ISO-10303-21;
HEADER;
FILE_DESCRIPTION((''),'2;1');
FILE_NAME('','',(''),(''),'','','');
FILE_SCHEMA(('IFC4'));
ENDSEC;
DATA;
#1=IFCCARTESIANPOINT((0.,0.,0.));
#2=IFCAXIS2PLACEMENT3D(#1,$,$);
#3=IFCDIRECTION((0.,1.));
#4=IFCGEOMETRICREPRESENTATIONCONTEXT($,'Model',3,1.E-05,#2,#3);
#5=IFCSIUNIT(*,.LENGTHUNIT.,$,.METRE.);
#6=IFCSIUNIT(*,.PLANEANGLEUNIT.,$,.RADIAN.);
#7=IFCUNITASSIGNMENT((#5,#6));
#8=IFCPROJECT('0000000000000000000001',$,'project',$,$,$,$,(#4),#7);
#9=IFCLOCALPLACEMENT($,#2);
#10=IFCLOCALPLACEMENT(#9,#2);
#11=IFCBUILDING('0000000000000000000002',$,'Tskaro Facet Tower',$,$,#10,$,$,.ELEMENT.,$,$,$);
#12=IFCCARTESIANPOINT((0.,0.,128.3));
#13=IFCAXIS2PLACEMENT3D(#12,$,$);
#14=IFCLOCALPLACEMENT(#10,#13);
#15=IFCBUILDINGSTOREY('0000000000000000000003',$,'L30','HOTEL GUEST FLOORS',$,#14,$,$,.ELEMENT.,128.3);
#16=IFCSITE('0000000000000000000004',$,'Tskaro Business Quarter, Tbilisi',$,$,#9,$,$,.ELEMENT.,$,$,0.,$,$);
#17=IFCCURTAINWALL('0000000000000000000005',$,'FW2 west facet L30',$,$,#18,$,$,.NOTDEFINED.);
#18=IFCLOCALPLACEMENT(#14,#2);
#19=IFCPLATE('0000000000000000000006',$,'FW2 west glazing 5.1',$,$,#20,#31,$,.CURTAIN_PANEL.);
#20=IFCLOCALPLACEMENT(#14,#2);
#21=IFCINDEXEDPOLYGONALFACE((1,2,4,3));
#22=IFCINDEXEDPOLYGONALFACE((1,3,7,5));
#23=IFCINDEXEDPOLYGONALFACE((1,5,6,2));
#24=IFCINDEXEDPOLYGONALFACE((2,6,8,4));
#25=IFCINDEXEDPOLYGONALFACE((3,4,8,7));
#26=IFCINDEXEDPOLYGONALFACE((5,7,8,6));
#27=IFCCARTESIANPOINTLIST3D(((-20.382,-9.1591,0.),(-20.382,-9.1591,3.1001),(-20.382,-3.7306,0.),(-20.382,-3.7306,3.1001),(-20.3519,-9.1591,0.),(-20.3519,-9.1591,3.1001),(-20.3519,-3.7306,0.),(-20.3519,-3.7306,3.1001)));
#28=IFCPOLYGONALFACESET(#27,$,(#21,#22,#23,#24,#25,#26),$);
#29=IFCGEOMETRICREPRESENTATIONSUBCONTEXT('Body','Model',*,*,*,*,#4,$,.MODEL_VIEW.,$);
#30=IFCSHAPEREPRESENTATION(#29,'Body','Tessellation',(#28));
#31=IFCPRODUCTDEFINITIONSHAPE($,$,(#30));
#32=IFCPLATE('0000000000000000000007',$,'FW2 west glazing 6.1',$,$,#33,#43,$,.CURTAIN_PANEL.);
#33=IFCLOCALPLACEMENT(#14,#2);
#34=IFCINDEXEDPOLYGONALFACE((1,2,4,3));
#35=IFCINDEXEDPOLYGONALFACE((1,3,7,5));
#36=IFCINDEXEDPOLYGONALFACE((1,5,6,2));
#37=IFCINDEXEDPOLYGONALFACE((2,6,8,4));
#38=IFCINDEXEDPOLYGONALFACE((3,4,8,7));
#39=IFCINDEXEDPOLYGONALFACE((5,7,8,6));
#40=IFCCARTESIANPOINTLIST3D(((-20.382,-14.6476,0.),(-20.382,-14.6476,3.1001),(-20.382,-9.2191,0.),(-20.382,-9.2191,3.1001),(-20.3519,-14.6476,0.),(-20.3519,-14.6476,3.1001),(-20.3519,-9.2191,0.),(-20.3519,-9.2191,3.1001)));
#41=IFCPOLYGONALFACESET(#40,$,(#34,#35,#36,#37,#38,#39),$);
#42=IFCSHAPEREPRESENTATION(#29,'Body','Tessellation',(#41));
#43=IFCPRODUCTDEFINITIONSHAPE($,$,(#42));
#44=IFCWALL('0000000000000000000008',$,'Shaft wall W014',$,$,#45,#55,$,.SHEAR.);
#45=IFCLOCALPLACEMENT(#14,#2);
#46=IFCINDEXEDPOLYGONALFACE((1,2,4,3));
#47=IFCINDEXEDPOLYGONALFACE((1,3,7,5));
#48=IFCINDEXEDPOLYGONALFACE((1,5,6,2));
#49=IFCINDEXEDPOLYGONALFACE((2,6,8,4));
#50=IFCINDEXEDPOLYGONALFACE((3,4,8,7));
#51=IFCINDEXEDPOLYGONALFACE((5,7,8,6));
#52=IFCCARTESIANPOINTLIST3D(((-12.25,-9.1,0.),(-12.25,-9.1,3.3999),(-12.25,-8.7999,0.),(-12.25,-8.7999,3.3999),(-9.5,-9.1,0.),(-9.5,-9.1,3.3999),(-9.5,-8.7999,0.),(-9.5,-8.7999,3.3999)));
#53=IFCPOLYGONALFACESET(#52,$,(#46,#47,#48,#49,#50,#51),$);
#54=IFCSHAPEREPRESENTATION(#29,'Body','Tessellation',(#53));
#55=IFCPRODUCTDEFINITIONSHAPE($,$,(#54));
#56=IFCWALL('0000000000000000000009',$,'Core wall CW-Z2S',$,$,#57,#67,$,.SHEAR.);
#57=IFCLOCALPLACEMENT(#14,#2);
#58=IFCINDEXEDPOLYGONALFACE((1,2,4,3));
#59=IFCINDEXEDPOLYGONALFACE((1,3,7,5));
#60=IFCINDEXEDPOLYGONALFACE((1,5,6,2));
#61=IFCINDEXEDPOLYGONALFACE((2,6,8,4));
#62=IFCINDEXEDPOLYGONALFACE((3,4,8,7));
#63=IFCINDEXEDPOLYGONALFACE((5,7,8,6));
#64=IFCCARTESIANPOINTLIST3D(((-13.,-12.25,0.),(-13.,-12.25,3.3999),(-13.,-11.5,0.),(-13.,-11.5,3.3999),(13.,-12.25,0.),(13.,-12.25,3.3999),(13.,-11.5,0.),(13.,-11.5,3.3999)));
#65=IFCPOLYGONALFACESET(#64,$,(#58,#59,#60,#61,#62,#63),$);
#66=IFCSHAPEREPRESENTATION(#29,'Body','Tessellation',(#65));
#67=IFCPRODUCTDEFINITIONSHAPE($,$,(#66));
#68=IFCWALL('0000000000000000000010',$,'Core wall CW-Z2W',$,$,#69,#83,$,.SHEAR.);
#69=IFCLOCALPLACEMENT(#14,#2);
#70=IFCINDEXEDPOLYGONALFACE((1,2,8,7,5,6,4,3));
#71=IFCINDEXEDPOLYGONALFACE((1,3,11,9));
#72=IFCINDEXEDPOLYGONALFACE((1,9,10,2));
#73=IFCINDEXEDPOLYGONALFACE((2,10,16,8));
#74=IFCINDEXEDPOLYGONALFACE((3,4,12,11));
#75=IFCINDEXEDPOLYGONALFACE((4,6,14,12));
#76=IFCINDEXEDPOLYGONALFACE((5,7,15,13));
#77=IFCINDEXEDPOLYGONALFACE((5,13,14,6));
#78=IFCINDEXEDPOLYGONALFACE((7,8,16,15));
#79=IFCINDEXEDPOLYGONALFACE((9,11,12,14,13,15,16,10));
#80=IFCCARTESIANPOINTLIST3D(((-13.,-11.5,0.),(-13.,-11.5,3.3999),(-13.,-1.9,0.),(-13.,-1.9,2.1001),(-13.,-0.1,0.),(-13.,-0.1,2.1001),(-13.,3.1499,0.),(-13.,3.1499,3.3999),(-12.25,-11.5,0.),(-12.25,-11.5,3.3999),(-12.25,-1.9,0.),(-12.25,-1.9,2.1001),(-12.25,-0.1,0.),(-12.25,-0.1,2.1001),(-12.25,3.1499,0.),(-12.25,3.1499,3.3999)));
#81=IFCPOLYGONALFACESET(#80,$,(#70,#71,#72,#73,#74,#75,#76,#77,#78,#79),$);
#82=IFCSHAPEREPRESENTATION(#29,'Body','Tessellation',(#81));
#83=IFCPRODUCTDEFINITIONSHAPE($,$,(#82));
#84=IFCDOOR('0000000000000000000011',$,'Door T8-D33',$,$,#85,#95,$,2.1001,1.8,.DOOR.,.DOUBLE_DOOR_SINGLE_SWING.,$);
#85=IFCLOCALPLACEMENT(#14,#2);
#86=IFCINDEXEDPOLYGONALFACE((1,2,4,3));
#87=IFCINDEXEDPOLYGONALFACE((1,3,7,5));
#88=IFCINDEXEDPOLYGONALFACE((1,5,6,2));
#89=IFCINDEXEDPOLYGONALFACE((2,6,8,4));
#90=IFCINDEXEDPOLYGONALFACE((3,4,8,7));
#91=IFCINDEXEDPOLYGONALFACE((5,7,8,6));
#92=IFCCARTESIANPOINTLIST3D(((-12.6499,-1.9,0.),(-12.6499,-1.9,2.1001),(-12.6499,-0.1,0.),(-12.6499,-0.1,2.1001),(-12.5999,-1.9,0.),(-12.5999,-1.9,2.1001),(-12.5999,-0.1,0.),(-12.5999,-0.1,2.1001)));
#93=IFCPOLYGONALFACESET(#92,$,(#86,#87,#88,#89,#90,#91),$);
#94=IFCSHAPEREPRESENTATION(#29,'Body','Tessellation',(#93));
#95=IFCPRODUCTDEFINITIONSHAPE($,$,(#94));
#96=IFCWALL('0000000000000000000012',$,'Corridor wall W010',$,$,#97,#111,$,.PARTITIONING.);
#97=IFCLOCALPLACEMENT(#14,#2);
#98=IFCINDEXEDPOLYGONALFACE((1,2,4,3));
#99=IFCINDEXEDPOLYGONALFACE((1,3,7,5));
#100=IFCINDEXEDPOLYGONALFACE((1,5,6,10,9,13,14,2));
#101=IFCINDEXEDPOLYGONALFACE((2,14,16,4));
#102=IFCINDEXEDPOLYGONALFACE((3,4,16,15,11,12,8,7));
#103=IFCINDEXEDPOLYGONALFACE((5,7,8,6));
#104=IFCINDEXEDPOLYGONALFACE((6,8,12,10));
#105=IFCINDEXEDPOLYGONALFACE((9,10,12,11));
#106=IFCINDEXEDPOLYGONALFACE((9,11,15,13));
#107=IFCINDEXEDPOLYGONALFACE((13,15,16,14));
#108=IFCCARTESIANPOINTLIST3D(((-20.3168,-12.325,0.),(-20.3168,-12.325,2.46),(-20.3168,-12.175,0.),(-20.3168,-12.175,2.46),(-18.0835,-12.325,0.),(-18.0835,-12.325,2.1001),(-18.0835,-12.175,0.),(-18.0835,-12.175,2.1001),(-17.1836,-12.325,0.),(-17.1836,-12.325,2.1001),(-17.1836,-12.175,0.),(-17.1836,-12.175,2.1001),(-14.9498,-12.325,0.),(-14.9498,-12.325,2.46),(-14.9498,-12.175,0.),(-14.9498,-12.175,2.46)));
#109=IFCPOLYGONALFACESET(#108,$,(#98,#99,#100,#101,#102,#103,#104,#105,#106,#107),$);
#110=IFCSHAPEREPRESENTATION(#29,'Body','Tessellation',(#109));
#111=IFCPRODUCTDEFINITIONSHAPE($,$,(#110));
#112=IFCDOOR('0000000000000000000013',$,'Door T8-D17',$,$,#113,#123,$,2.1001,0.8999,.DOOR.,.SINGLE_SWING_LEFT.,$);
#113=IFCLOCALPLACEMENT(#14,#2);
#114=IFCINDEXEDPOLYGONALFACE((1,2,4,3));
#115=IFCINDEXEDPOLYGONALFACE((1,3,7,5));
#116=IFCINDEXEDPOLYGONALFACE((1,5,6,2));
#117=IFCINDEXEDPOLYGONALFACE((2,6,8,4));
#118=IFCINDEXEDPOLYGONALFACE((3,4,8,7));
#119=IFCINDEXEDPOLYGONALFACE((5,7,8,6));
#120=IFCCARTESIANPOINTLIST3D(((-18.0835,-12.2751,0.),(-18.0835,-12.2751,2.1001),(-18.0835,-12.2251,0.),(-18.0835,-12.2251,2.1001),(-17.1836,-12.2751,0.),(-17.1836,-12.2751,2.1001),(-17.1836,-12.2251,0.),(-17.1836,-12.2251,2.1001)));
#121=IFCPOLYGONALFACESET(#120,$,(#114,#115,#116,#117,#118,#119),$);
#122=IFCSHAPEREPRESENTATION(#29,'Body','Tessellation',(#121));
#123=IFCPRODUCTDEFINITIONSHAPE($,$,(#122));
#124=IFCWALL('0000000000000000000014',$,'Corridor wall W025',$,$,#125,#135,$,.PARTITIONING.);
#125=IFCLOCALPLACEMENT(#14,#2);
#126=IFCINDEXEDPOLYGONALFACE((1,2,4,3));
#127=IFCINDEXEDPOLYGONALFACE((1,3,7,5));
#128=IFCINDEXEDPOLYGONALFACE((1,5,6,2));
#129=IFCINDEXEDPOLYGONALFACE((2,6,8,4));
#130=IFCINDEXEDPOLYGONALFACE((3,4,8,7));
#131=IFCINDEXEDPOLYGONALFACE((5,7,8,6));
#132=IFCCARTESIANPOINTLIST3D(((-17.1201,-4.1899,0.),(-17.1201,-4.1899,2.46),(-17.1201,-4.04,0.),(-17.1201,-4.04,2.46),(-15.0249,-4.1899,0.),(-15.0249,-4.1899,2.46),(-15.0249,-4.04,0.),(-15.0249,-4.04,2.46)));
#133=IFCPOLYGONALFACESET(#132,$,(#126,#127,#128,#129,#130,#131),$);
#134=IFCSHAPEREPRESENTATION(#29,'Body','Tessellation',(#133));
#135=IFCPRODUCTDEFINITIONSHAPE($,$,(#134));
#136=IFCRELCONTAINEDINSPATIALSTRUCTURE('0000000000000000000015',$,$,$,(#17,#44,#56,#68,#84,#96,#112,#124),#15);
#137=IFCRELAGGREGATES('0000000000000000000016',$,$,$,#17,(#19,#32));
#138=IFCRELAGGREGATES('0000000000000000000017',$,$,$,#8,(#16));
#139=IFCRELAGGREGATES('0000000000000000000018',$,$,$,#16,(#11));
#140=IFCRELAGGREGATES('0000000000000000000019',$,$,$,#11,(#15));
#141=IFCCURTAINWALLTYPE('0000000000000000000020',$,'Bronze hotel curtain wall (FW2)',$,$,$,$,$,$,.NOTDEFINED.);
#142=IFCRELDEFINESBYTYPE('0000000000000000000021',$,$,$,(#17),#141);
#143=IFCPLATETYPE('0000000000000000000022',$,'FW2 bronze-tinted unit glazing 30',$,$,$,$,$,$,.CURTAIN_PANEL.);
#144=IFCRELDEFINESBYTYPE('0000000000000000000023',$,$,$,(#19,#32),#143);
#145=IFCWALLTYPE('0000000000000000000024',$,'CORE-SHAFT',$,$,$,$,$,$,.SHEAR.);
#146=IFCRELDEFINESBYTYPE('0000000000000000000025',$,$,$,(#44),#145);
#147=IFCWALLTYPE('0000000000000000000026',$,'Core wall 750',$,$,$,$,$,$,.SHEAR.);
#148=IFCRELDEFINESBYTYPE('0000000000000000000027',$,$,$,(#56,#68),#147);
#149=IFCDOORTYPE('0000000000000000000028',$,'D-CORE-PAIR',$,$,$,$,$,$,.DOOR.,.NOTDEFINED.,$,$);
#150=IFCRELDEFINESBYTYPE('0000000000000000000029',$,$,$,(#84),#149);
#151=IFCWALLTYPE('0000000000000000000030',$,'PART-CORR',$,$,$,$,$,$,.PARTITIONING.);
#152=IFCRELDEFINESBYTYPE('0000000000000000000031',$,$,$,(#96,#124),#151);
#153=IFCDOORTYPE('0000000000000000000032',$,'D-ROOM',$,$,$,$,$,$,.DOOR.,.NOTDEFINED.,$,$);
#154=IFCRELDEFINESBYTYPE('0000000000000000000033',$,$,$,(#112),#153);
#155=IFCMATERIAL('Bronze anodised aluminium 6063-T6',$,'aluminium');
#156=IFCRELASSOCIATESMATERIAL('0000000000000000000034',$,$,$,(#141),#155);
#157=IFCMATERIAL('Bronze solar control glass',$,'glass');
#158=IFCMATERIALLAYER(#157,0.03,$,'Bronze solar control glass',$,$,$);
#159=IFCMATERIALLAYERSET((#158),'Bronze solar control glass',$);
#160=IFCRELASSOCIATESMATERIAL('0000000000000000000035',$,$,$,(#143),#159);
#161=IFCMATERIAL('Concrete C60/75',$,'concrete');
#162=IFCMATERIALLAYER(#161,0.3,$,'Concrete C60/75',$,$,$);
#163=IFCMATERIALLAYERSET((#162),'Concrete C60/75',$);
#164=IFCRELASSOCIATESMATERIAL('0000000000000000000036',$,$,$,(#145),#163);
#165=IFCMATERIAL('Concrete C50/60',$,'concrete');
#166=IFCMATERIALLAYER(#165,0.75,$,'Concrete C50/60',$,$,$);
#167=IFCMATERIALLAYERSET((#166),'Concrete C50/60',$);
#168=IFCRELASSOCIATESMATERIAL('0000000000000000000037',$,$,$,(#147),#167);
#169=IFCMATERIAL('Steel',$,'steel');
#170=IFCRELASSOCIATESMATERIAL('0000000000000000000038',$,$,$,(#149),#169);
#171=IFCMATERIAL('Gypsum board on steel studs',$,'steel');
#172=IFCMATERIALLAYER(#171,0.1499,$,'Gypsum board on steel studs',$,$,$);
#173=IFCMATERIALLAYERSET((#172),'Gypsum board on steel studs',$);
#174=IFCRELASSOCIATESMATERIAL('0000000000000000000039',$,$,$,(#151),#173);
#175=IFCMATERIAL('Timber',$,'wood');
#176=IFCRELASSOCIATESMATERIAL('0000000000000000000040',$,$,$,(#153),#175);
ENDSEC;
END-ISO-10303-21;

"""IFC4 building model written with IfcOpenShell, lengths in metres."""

from ifc_helpers import new_model, si_unit, direction, frame, frame_2d, origin, origin_2d, place, context, subcontext, project, spatial, rectangle, extrude, material, layer, layer_set, type_object, element, fill, aggregate, save


model = new_model("IFC4")

# Units and contexts
model_context = context("Model", 3, precision=1e-05, world=origin(), true_north=direction((0.0, 1.0)))
body_context = subcontext(model_context, "Body", "Model", "MODEL_VIEW")
ifc_project = project(units=[si_unit("LENGTHUNIT", "METRE"), si_unit("PLANEANGLEUNIT", "RADIAN")], contexts=[model_context])

# Site, building, storey
site_placement = place(None, origin())
site = spatial("IfcSite", under=ifc_project, at=site_placement, Name="Tskaro Business Quarter, Tbilisi", CompositionType="ELEMENT", RefElevation=0.0)
building_placement = place(site_placement, origin())
building = spatial("IfcBuilding", under=site, at=building_placement, Name="Tskaro Facet Tower", CompositionType="ELEMENT")
storey_placement = place(building_placement, frame((0.0, 0.0, 128.3)))
storey = spatial("IfcBuildingStorey", under=building, at=storey_placement, Name="L30", Description="HOTEL GUEST FLOORS", CompositionType="ELEMENT", Elevation=128.3)

# Curtain wall
ifc_material_1 = material(Name="Bronze anodised aluminium 6063-T6", Category="aluminium")
curtain_wall_type = type_object("IfcCurtainWallType", Name="Bronze hotel curtain wall (FW2)", PredefinedType="NOTDEFINED", material=ifc_material_1)
curtain_wall_placement = place(storey_placement, origin())
curtain_wall = element("IfcCurtainWall", 1, at=curtain_wall_placement, inside=storey, type_object=curtain_wall_type, Name="FW2 west facet L30", PredefinedType="NOTDEFINED")

# Plates
ifc_material_2 = material(Name="Bronze solar control glass", Category="glass")
ifc_layer_1 = layer(ifc_material_2, 0.03, Name="Bronze solar control glass")
ifc_layer_set_1 = layer_set([ifc_layer_1], Name="Bronze solar control glass")
plate_type = type_object("IfcPlateType", Name="FW2 bronze-tinted unit glazing 30", PredefinedType="CURTAIN_PANEL", material=ifc_layer_set_1)
plate_1_placement = place(storey_placement, frame((-20.3669, -6.4448, 0.0), z_axis=(0.0, 0.0, 1.0), x_axis=(0.0, -1.0, 0.0)))
plate_1 = element("IfcPlate", 2, at=plate_1_placement, type_object=plate_type, Name="FW2 west glazing 5.1", PredefinedType="CURTAIN_PANEL", context=body_context, shape_type="SweptSolid", body=[
    extrude(rectangle(XDim=5.4285, YDim=0.03, at=origin_2d()), origin(), (0.0, 0.0, 1.0), 3.1001),
])
plate_2_placement = place(storey_placement, frame((-20.3669, -11.9333, 0.0), z_axis=(0.0, 0.0, 1.0), x_axis=(0.0, -1.0, 0.0)))
plate_2 = element("IfcPlate", 3, at=plate_2_placement, type_object=plate_type, Name="FW2 west glazing 6.1", PredefinedType="CURTAIN_PANEL", context=body_context, shape_type="SweptSolid", body=[
    extrude(rectangle(XDim=5.4285, YDim=0.03, at=origin_2d()), origin(), (0.0, 0.0, 1.0), 3.1001),
])
aggregate(curtain_wall, [plate_1, plate_2])

# Walls
ifc_material_3 = material(Name="Concrete C60/75", Category="concrete")
ifc_layer_2 = layer(ifc_material_3, 0.3, Name="Concrete C60/75")
ifc_layer_set_2 = layer_set([ifc_layer_2], Name="Concrete C60/75")
wall_type_1 = type_object("IfcWallType", Name="CORE-SHAFT", PredefinedType="SHEAR", material=ifc_layer_set_2)
wall_1_placement = place(storey_placement, frame((-12.25, -8.95, 0.0), z_axis=(0.0, 0.0, 1.0), x_axis=(1.0, 0.0, 0.0)))
element("IfcWall", 4, at=wall_1_placement, inside=storey, type_object=wall_type_1, Name="Shaft wall W014", PredefinedType="SHEAR", context=body_context, shape_type="SweptSolid", body=[
    extrude(rectangle(XDim=2.75, YDim=0.3, at=frame_2d((1.375, 0.0))), origin(), (0.0, 0.0, 1.0), 3.3999),
])
ifc_material_4 = material(Name="Concrete C50/60", Category="concrete")
ifc_layer_3 = layer(ifc_material_4, 0.75, Name="Concrete C50/60")
ifc_layer_set_3 = layer_set([ifc_layer_3], Name="Concrete C50/60")
wall_type_2 = type_object("IfcWallType", Name="Core wall 750", PredefinedType="SHEAR", material=ifc_layer_set_3)
wall_2_placement = place(storey_placement, frame((-13.0, -11.875, 0.0), z_axis=(0.0, 0.0, 1.0), x_axis=(1.0, 0.0, 0.0)))
element("IfcWall", 5, at=wall_2_placement, inside=storey, type_object=wall_type_2, Name="Core wall CW-Z2S", PredefinedType="SHEAR", context=body_context, shape_type="SweptSolid", body=[
    extrude(rectangle(XDim=26.0, YDim=0.75, at=frame_2d((13.0, 0.0))), origin(), (0.0, 0.0, 1.0), 3.3999),
])

# Walls, openings, doors
wall_3_placement = place(storey_placement, frame((-12.625, -11.5, 0.0), z_axis=(0.0, 0.0, 1.0), x_axis=(0.0, 1.0, 0.0)))
wall_3 = element("IfcWall", 6, at=wall_3_placement, inside=storey, type_object=wall_type_2, Name="Core wall CW-Z2W", PredefinedType="SHEAR", context=body_context, shape_type="SweptSolid", body=[
    extrude(rectangle(XDim=14.6499, YDim=0.75, at=frame_2d((7.325, 0.0))), origin(), (0.0, 0.0, 1.0), 3.3999),
])
opening_1_placement = place(wall_3_placement, frame((9.6001, 0.0, 0.0)))
opening_1 = element("IfcOpeningElement", 7, at=opening_1_placement, cuts=wall_3, PredefinedType="OPENING", context=body_context, shape_type="SweptSolid", body=[
    extrude(rectangle(XDim=1.8, YDim=2.1001, at=frame_2d((0.8999, 1.05))), frame((0.0, 0.385, 0.0), z_axis=(0.0, -1.0, 0.0), x_axis=(1.0, 0.0, 0.0)), (0.0, 0.0, 1.0), 0.77),
])
ifc_material_5 = material(Name="Steel", Category="steel")
door_type_1 = type_object("IfcDoorType", Name="D-CORE-PAIR", OperationType="NOTDEFINED", PredefinedType="DOOR", material=ifc_material_5)
door_1_placement = place(opening_1_placement, origin())
door_1 = element("IfcDoor", 8, at=door_1_placement, inside=storey, type_object=door_type_1, Name="Door T8-D33", OperationType="DOUBLE_DOOR_SINGLE_SWING", OverallHeight=2.1001, OverallWidth=1.8, PredefinedType="DOOR", context=body_context, shape_type="SweptSolid", body=[
    extrude(rectangle(XDim=1.8, YDim=2.1001, at=frame_2d((0.8999, 1.05))), frame((0.0, 0.0249, 0.0), z_axis=(0.0, -1.0, 0.0), x_axis=(1.0, 0.0, 0.0)), (0.0, 0.0, 1.0), 0.05),
])
fill(opening_1, door_1)
ifc_material_6 = material(Name="Gypsum board on steel studs", Category="steel")
ifc_layer_4 = layer(ifc_material_6, 0.1499, Name="Gypsum board on steel studs")
ifc_layer_set_4 = layer_set([ifc_layer_4], Name="Gypsum board on steel studs")
wall_type_3 = type_object("IfcWallType", Name="PART-CORR", PredefinedType="PARTITIONING", material=ifc_layer_set_4)
wall_4_placement = place(storey_placement, frame((-20.3169, -12.25, 0.0), z_axis=(0.0, 0.0, 1.0), x_axis=(1.0, 0.0, 0.0)))
wall_4 = element("IfcWall", 9, at=wall_4_placement, inside=storey, type_object=wall_type_3, Name="Corridor wall W010", PredefinedType="PARTITIONING", context=body_context, shape_type="SweptSolid", body=[
    extrude(rectangle(XDim=5.3669, YDim=0.1499, at=frame_2d((2.6836, 0.0))), origin(), (0.0, 0.0, 1.0), 2.46),
])
opening_2_placement = place(wall_4_placement, frame((2.2334, 0.0, 0.0)))
opening_2 = element("IfcOpeningElement", 10, at=opening_2_placement, cuts=wall_4, PredefinedType="OPENING", context=body_context, shape_type="SweptSolid", body=[
    extrude(rectangle(XDim=0.8999, YDim=2.1001, at=frame_2d((0.45, 1.05))), frame((0.0, 0.085, 0.0), z_axis=(0.0, -1.0, 0.0), x_axis=(1.0, 0.0, 0.0)), (0.0, 0.0, 1.0), 0.1699),
])
ifc_material_7 = material(Name="Timber", Category="wood")
door_type_2 = type_object("IfcDoorType", Name="D-ROOM", OperationType="NOTDEFINED", PredefinedType="DOOR", material=ifc_material_7)
door_2_placement = place(opening_2_placement, origin())
door_2 = element("IfcDoor", 11, at=door_2_placement, inside=storey, type_object=door_type_2, Name="Door T8-D17", OperationType="SINGLE_SWING_LEFT", OverallHeight=2.1001, OverallWidth=0.8999, PredefinedType="DOOR", context=body_context, shape_type="SweptSolid", body=[
    extrude(rectangle(XDim=0.8999, YDim=2.1001, at=frame_2d((0.45, 1.05))), frame((0.0, 0.0249, 0.0), z_axis=(0.0, -1.0, 0.0), x_axis=(1.0, 0.0, 0.0)), (0.0, 0.0, 1.0), 0.05),
])
fill(opening_2, door_2)

# Wall
wall_5_placement = place(storey_placement, frame((-17.1201, -4.115, 0.0), z_axis=(0.0, 0.0, 1.0), x_axis=(1.0, 0.0, 0.0)))
element("IfcWall", 12, at=wall_5_placement, inside=storey, type_object=wall_type_3, Name="Corridor wall W025", PredefinedType="PARTITIONING", context=body_context, shape_type="SweptSolid", body=[
    extrude(rectangle(XDim=2.0952, YDim=0.1499, at=frame_2d((1.0476, 0.0))), origin(), (0.0, 0.0, 1.0), 2.46),
])

save(model, "model.ifc")
